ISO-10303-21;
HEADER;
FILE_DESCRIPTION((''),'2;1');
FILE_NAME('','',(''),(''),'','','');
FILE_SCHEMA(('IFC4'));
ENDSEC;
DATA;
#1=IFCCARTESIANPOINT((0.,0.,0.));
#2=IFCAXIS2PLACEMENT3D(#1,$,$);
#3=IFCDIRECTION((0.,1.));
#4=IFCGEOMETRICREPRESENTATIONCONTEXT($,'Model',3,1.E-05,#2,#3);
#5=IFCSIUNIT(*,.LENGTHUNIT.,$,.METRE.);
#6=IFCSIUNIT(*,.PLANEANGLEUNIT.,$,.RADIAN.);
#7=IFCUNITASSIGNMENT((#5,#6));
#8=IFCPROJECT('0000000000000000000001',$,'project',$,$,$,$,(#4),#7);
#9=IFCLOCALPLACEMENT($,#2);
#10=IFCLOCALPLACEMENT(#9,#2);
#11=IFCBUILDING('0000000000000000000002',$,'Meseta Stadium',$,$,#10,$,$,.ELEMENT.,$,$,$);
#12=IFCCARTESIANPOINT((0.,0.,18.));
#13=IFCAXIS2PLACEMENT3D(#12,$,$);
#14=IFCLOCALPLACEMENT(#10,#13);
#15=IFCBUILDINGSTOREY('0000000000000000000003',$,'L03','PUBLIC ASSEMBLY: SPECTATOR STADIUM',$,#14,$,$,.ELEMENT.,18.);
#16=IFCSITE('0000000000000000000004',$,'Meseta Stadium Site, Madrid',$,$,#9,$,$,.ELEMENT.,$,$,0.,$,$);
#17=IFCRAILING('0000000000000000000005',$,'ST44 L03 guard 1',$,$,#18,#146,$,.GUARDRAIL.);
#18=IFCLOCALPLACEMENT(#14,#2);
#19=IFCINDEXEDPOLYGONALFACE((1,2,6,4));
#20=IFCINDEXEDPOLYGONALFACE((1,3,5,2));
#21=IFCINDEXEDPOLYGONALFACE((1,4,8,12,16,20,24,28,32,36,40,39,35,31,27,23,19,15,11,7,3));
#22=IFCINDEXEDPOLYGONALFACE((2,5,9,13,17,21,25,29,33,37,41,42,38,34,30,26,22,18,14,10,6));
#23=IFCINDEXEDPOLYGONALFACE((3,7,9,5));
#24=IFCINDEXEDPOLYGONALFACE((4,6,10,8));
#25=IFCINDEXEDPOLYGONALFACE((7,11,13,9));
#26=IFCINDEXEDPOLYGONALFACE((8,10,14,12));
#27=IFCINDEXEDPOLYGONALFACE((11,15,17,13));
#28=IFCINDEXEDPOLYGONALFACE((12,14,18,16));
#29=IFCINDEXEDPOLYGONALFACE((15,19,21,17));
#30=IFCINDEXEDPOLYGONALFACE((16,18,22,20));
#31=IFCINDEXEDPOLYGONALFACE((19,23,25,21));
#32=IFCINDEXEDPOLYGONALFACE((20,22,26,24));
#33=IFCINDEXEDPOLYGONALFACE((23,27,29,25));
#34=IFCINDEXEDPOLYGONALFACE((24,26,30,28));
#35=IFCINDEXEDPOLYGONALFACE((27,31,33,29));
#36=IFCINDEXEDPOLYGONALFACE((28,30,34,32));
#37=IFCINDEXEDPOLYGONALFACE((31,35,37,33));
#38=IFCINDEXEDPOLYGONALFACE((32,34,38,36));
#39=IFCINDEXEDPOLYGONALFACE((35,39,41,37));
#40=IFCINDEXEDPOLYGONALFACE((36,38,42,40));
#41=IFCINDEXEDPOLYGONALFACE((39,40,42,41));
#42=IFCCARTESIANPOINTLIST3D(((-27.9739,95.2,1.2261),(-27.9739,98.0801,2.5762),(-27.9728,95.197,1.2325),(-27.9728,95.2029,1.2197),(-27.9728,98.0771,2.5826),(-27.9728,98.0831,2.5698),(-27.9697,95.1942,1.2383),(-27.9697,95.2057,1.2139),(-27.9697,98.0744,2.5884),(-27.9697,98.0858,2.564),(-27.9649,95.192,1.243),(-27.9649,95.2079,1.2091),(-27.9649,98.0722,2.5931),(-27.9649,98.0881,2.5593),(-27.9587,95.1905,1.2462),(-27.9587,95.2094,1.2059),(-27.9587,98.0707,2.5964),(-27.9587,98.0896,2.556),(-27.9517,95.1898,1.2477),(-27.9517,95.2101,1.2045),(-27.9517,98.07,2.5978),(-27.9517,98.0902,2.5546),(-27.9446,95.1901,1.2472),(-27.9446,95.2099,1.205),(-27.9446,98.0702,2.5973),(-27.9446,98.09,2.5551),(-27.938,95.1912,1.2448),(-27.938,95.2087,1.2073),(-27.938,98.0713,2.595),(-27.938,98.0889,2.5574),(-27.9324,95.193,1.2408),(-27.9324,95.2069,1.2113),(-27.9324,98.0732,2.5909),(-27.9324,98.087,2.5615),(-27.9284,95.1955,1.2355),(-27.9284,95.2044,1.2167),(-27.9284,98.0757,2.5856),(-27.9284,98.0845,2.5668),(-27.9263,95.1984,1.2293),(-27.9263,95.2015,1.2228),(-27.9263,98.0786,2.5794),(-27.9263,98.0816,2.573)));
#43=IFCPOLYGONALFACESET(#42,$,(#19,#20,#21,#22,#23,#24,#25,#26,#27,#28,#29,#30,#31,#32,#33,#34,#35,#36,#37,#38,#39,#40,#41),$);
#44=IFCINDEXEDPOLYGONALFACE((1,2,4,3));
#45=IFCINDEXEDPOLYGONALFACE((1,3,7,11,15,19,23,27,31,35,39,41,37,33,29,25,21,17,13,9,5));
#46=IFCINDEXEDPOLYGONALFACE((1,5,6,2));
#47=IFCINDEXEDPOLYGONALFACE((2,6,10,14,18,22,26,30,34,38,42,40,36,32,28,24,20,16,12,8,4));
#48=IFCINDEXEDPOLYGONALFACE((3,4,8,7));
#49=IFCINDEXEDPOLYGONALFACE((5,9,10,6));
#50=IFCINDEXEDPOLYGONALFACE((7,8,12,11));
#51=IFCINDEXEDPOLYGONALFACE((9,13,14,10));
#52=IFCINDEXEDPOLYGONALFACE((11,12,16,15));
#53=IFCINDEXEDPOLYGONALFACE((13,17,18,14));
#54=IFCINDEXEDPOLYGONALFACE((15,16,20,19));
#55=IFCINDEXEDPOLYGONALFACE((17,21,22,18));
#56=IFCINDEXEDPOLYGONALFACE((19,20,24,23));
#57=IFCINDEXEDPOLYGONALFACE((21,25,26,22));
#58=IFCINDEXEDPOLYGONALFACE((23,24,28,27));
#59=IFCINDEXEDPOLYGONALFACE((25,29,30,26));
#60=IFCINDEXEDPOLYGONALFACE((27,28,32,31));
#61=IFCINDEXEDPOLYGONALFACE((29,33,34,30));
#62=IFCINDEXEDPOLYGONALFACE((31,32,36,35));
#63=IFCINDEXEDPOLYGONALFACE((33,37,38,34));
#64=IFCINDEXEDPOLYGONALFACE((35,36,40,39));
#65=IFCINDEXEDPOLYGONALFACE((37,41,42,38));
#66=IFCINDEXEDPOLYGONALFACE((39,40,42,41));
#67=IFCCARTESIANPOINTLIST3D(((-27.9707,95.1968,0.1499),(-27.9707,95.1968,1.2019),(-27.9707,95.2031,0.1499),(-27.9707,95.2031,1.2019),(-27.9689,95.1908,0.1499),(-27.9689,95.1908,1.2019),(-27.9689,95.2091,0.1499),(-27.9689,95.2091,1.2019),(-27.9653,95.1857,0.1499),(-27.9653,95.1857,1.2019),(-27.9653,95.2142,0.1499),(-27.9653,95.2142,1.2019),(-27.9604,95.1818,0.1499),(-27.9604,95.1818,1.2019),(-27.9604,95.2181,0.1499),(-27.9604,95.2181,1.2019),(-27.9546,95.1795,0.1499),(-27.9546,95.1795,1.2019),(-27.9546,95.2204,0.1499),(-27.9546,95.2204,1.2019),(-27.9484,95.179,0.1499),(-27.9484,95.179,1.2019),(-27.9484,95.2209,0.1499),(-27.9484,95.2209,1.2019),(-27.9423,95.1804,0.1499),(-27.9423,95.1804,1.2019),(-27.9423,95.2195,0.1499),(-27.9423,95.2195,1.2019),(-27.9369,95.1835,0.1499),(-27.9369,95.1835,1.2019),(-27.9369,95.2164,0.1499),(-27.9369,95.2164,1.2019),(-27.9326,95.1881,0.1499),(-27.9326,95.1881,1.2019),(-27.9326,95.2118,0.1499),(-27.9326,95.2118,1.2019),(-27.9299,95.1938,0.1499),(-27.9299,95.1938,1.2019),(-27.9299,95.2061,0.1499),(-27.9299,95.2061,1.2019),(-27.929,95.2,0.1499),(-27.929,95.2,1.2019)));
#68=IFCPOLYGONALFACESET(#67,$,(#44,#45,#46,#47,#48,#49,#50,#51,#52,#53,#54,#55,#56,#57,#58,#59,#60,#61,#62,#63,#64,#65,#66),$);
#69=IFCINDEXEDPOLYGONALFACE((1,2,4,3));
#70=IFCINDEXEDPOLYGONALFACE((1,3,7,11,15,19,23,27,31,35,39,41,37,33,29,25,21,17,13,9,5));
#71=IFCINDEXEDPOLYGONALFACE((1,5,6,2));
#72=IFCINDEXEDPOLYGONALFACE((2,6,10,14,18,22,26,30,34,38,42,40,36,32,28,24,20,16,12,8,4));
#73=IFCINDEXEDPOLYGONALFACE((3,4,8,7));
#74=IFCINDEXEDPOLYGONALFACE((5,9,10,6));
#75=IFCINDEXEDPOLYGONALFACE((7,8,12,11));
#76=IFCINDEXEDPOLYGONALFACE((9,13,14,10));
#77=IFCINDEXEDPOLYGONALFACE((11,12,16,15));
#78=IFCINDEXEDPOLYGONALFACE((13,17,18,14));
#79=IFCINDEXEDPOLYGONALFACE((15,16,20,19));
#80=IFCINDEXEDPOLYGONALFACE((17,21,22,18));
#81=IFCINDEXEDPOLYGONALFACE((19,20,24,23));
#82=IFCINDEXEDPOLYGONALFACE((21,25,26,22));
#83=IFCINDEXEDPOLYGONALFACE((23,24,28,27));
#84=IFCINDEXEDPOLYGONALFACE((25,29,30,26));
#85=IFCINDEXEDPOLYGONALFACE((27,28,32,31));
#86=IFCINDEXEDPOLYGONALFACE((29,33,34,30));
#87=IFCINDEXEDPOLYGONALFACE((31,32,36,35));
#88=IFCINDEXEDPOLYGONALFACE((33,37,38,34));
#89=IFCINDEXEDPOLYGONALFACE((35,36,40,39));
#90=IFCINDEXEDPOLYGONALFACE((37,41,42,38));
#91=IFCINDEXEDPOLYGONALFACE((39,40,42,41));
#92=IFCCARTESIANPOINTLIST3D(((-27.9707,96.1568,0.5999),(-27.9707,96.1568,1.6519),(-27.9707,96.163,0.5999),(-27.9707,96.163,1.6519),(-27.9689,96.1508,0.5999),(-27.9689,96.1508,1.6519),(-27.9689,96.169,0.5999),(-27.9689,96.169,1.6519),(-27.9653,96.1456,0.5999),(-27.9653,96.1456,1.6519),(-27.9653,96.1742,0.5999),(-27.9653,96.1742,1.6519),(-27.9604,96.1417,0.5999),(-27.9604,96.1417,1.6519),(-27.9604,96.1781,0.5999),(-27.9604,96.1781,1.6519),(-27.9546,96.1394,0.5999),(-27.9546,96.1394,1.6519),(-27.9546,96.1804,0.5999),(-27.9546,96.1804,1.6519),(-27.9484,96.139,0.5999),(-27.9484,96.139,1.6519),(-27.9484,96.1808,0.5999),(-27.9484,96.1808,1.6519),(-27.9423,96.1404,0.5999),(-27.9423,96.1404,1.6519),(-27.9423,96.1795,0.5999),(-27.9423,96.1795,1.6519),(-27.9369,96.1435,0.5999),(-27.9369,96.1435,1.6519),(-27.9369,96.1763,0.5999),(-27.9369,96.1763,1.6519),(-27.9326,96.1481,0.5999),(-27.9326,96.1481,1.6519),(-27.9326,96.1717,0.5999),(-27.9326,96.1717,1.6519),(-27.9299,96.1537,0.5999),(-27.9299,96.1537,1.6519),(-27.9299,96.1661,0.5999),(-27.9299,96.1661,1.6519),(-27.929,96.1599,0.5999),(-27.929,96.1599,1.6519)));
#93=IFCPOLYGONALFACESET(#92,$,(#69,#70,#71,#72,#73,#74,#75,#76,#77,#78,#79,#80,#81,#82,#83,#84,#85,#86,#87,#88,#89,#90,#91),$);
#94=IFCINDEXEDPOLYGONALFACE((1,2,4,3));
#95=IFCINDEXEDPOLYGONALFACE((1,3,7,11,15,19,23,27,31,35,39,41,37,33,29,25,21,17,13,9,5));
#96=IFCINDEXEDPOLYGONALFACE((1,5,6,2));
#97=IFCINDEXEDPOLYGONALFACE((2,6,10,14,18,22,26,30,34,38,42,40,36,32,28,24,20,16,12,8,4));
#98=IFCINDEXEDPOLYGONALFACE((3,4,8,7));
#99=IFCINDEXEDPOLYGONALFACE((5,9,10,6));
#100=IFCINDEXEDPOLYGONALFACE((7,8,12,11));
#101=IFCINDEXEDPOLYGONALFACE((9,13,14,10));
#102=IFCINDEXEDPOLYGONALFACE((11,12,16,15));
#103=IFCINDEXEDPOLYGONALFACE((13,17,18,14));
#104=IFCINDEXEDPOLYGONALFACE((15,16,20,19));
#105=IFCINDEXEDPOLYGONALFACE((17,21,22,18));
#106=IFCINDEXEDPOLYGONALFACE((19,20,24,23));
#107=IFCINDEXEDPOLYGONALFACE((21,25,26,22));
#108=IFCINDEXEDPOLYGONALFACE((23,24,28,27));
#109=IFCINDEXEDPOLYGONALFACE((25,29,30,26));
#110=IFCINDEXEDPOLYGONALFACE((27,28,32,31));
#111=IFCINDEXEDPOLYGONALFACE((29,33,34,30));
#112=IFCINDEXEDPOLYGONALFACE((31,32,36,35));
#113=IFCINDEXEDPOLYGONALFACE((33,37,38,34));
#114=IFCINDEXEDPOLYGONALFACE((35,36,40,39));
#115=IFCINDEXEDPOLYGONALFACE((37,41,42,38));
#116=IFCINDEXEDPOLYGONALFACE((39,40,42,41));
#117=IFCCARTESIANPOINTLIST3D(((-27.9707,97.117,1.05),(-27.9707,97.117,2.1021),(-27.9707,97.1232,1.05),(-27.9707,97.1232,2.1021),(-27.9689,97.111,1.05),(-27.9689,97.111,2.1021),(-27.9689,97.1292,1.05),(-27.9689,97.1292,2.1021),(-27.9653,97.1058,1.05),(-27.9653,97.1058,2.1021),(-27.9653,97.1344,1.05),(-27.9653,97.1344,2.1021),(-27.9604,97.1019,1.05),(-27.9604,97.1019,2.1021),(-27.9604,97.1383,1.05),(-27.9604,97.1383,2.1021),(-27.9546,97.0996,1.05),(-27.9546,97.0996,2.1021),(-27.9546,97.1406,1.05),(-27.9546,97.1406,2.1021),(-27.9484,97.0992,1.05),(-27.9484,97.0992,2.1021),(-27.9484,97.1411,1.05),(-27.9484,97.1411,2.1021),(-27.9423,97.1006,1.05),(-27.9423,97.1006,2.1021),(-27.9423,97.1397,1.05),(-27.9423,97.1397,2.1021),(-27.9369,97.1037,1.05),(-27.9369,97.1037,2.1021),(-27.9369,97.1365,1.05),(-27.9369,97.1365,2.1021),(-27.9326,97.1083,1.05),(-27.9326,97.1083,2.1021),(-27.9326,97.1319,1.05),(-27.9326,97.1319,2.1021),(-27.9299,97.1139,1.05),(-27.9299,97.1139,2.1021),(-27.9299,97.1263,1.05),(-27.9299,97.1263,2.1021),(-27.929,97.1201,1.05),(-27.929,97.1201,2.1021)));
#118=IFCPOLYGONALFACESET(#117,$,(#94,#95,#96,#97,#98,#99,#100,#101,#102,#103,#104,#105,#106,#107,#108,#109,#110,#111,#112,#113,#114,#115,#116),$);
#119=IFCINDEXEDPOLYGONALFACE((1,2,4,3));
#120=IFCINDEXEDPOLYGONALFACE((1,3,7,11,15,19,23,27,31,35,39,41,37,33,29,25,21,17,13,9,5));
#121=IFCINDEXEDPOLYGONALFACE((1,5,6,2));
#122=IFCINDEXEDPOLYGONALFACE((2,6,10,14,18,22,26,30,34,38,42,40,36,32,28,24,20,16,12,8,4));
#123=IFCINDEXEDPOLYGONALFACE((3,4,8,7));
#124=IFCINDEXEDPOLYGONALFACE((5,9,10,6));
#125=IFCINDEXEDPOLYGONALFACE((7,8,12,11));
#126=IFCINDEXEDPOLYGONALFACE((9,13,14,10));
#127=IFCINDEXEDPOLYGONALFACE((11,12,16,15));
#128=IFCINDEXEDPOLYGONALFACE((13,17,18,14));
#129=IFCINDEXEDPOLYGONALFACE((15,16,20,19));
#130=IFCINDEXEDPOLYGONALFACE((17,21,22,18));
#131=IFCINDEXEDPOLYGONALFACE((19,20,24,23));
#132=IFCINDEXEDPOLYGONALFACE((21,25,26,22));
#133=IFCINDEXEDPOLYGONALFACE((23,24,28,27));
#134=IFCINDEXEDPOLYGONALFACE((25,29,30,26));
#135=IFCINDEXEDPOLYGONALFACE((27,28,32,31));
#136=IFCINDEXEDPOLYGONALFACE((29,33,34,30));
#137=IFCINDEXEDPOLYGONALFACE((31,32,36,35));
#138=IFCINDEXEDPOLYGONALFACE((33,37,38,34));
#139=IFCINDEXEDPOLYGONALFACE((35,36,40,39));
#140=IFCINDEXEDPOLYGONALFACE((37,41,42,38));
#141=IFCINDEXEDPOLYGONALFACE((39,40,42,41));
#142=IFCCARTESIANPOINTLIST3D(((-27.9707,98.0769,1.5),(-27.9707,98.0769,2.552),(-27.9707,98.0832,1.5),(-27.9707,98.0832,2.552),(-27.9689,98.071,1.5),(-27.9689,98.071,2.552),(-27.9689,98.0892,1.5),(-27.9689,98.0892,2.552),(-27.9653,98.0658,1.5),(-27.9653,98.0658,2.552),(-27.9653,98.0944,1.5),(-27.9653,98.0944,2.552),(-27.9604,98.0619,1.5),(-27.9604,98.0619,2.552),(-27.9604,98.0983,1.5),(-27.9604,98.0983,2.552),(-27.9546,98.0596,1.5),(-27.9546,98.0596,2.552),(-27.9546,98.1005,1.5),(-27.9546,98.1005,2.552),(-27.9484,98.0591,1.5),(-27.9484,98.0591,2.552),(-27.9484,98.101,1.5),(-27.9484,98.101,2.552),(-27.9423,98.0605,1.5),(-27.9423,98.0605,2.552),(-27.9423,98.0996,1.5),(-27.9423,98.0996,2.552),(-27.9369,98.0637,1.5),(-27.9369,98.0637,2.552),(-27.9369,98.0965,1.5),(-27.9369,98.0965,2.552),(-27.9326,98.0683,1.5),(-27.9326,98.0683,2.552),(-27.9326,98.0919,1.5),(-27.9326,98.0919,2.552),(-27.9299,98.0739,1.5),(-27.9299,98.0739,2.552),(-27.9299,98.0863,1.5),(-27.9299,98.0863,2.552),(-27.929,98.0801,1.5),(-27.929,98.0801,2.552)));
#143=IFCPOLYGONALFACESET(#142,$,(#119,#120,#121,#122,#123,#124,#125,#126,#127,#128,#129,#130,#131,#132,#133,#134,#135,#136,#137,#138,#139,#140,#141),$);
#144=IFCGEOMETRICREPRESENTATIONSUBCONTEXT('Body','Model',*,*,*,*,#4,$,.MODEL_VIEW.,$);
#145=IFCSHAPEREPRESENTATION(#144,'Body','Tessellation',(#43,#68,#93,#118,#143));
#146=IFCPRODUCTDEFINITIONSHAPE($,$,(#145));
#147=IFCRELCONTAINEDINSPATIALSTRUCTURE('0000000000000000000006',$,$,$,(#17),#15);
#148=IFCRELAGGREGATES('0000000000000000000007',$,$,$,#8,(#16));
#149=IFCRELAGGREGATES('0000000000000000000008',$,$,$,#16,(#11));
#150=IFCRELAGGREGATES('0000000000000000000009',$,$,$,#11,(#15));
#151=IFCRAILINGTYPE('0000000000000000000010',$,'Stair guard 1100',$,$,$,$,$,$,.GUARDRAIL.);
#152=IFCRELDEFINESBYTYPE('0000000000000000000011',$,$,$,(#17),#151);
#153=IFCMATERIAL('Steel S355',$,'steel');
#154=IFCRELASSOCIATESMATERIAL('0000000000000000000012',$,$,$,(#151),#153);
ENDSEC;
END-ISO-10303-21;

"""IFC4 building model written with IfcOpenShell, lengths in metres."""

from ifc_helpers import new_model, si_unit, direction, frame, origin, origin_2d, place, context, subcontext, project, spatial, circle, extrude, material, type_object, element, save


model = new_model("IFC4")

# Units and contexts
model_context = context("Model", 3, precision=1e-05, world=origin(), true_north=direction((0.0, 1.0)))
body_context = subcontext(model_context, "Body", "Model", "MODEL_VIEW")
ifc_project = project(units=[si_unit("LENGTHUNIT", "METRE"), si_unit("PLANEANGLEUNIT", "RADIAN")], contexts=[model_context])

# Site, building, storey
site_placement = place(None, origin())
site = spatial("IfcSite", under=ifc_project, at=site_placement, Name="Meseta Stadium Site, Madrid", CompositionType="ELEMENT", RefElevation=0.0)
building_placement = place(site_placement, origin())
building = spatial("IfcBuilding", under=site, at=building_placement, Name="Meseta Stadium", CompositionType="ELEMENT")
storey_placement = place(building_placement, frame((0.0, 0.0, 18.0)))
storey = spatial("IfcBuildingStorey", under=building, at=storey_placement, Name="L03", Description="PUBLIC ASSEMBLY: SPECTATOR STADIUM", CompositionType="ELEMENT", Elevation=18.0)

# Railing
ifc_material_1 = material(Name="Steel S355", Category="steel")
railing_type_1 = type_object("IfcRailingType", Name="Stair guard 1100", PredefinedType="GUARDRAIL", material=ifc_material_1)
railing_1_placement = place(storey_placement, frame((-27.95, 95.2, 0.1499)))
element("IfcRailing", 1, at=railing_1_placement, inside=storey, type_object=railing_type_1, Name="ST44 L03 guard 1", PredefinedType="GUARDRAIL", context=body_context, shape_type="SweptSolid", body=[
    extrude(circle(Radius=0.0239, at=origin_2d()), frame((0.0, 0.0, 1.0762), z_axis=(0.0, 0.905454, 0.424444), x_axis=(-1.0, 0.0, 0.0)), (0.0, 0.0, 1.0), 3.1809),
    extrude(circle(Radius=0.021, at=origin_2d()), origin(), (0.0, 0.0, 1.0), 1.052),
    extrude(circle(Radius=0.021, at=origin_2d()), frame((0.0, 0.96, 0.45)), (0.0, 0.0, 1.0), 1.052),
    extrude(circle(Radius=0.021, at=origin_2d()), frame((0.0, 1.9202, 0.9001)), (0.0, 0.0, 1.0), 1.052),
    extrude(circle(Radius=0.021, at=origin_2d()), frame((0.0, 2.8801, 1.3501)), (0.0, 0.0, 1.0), 1.052),
])

save(model, "model.ifc")
